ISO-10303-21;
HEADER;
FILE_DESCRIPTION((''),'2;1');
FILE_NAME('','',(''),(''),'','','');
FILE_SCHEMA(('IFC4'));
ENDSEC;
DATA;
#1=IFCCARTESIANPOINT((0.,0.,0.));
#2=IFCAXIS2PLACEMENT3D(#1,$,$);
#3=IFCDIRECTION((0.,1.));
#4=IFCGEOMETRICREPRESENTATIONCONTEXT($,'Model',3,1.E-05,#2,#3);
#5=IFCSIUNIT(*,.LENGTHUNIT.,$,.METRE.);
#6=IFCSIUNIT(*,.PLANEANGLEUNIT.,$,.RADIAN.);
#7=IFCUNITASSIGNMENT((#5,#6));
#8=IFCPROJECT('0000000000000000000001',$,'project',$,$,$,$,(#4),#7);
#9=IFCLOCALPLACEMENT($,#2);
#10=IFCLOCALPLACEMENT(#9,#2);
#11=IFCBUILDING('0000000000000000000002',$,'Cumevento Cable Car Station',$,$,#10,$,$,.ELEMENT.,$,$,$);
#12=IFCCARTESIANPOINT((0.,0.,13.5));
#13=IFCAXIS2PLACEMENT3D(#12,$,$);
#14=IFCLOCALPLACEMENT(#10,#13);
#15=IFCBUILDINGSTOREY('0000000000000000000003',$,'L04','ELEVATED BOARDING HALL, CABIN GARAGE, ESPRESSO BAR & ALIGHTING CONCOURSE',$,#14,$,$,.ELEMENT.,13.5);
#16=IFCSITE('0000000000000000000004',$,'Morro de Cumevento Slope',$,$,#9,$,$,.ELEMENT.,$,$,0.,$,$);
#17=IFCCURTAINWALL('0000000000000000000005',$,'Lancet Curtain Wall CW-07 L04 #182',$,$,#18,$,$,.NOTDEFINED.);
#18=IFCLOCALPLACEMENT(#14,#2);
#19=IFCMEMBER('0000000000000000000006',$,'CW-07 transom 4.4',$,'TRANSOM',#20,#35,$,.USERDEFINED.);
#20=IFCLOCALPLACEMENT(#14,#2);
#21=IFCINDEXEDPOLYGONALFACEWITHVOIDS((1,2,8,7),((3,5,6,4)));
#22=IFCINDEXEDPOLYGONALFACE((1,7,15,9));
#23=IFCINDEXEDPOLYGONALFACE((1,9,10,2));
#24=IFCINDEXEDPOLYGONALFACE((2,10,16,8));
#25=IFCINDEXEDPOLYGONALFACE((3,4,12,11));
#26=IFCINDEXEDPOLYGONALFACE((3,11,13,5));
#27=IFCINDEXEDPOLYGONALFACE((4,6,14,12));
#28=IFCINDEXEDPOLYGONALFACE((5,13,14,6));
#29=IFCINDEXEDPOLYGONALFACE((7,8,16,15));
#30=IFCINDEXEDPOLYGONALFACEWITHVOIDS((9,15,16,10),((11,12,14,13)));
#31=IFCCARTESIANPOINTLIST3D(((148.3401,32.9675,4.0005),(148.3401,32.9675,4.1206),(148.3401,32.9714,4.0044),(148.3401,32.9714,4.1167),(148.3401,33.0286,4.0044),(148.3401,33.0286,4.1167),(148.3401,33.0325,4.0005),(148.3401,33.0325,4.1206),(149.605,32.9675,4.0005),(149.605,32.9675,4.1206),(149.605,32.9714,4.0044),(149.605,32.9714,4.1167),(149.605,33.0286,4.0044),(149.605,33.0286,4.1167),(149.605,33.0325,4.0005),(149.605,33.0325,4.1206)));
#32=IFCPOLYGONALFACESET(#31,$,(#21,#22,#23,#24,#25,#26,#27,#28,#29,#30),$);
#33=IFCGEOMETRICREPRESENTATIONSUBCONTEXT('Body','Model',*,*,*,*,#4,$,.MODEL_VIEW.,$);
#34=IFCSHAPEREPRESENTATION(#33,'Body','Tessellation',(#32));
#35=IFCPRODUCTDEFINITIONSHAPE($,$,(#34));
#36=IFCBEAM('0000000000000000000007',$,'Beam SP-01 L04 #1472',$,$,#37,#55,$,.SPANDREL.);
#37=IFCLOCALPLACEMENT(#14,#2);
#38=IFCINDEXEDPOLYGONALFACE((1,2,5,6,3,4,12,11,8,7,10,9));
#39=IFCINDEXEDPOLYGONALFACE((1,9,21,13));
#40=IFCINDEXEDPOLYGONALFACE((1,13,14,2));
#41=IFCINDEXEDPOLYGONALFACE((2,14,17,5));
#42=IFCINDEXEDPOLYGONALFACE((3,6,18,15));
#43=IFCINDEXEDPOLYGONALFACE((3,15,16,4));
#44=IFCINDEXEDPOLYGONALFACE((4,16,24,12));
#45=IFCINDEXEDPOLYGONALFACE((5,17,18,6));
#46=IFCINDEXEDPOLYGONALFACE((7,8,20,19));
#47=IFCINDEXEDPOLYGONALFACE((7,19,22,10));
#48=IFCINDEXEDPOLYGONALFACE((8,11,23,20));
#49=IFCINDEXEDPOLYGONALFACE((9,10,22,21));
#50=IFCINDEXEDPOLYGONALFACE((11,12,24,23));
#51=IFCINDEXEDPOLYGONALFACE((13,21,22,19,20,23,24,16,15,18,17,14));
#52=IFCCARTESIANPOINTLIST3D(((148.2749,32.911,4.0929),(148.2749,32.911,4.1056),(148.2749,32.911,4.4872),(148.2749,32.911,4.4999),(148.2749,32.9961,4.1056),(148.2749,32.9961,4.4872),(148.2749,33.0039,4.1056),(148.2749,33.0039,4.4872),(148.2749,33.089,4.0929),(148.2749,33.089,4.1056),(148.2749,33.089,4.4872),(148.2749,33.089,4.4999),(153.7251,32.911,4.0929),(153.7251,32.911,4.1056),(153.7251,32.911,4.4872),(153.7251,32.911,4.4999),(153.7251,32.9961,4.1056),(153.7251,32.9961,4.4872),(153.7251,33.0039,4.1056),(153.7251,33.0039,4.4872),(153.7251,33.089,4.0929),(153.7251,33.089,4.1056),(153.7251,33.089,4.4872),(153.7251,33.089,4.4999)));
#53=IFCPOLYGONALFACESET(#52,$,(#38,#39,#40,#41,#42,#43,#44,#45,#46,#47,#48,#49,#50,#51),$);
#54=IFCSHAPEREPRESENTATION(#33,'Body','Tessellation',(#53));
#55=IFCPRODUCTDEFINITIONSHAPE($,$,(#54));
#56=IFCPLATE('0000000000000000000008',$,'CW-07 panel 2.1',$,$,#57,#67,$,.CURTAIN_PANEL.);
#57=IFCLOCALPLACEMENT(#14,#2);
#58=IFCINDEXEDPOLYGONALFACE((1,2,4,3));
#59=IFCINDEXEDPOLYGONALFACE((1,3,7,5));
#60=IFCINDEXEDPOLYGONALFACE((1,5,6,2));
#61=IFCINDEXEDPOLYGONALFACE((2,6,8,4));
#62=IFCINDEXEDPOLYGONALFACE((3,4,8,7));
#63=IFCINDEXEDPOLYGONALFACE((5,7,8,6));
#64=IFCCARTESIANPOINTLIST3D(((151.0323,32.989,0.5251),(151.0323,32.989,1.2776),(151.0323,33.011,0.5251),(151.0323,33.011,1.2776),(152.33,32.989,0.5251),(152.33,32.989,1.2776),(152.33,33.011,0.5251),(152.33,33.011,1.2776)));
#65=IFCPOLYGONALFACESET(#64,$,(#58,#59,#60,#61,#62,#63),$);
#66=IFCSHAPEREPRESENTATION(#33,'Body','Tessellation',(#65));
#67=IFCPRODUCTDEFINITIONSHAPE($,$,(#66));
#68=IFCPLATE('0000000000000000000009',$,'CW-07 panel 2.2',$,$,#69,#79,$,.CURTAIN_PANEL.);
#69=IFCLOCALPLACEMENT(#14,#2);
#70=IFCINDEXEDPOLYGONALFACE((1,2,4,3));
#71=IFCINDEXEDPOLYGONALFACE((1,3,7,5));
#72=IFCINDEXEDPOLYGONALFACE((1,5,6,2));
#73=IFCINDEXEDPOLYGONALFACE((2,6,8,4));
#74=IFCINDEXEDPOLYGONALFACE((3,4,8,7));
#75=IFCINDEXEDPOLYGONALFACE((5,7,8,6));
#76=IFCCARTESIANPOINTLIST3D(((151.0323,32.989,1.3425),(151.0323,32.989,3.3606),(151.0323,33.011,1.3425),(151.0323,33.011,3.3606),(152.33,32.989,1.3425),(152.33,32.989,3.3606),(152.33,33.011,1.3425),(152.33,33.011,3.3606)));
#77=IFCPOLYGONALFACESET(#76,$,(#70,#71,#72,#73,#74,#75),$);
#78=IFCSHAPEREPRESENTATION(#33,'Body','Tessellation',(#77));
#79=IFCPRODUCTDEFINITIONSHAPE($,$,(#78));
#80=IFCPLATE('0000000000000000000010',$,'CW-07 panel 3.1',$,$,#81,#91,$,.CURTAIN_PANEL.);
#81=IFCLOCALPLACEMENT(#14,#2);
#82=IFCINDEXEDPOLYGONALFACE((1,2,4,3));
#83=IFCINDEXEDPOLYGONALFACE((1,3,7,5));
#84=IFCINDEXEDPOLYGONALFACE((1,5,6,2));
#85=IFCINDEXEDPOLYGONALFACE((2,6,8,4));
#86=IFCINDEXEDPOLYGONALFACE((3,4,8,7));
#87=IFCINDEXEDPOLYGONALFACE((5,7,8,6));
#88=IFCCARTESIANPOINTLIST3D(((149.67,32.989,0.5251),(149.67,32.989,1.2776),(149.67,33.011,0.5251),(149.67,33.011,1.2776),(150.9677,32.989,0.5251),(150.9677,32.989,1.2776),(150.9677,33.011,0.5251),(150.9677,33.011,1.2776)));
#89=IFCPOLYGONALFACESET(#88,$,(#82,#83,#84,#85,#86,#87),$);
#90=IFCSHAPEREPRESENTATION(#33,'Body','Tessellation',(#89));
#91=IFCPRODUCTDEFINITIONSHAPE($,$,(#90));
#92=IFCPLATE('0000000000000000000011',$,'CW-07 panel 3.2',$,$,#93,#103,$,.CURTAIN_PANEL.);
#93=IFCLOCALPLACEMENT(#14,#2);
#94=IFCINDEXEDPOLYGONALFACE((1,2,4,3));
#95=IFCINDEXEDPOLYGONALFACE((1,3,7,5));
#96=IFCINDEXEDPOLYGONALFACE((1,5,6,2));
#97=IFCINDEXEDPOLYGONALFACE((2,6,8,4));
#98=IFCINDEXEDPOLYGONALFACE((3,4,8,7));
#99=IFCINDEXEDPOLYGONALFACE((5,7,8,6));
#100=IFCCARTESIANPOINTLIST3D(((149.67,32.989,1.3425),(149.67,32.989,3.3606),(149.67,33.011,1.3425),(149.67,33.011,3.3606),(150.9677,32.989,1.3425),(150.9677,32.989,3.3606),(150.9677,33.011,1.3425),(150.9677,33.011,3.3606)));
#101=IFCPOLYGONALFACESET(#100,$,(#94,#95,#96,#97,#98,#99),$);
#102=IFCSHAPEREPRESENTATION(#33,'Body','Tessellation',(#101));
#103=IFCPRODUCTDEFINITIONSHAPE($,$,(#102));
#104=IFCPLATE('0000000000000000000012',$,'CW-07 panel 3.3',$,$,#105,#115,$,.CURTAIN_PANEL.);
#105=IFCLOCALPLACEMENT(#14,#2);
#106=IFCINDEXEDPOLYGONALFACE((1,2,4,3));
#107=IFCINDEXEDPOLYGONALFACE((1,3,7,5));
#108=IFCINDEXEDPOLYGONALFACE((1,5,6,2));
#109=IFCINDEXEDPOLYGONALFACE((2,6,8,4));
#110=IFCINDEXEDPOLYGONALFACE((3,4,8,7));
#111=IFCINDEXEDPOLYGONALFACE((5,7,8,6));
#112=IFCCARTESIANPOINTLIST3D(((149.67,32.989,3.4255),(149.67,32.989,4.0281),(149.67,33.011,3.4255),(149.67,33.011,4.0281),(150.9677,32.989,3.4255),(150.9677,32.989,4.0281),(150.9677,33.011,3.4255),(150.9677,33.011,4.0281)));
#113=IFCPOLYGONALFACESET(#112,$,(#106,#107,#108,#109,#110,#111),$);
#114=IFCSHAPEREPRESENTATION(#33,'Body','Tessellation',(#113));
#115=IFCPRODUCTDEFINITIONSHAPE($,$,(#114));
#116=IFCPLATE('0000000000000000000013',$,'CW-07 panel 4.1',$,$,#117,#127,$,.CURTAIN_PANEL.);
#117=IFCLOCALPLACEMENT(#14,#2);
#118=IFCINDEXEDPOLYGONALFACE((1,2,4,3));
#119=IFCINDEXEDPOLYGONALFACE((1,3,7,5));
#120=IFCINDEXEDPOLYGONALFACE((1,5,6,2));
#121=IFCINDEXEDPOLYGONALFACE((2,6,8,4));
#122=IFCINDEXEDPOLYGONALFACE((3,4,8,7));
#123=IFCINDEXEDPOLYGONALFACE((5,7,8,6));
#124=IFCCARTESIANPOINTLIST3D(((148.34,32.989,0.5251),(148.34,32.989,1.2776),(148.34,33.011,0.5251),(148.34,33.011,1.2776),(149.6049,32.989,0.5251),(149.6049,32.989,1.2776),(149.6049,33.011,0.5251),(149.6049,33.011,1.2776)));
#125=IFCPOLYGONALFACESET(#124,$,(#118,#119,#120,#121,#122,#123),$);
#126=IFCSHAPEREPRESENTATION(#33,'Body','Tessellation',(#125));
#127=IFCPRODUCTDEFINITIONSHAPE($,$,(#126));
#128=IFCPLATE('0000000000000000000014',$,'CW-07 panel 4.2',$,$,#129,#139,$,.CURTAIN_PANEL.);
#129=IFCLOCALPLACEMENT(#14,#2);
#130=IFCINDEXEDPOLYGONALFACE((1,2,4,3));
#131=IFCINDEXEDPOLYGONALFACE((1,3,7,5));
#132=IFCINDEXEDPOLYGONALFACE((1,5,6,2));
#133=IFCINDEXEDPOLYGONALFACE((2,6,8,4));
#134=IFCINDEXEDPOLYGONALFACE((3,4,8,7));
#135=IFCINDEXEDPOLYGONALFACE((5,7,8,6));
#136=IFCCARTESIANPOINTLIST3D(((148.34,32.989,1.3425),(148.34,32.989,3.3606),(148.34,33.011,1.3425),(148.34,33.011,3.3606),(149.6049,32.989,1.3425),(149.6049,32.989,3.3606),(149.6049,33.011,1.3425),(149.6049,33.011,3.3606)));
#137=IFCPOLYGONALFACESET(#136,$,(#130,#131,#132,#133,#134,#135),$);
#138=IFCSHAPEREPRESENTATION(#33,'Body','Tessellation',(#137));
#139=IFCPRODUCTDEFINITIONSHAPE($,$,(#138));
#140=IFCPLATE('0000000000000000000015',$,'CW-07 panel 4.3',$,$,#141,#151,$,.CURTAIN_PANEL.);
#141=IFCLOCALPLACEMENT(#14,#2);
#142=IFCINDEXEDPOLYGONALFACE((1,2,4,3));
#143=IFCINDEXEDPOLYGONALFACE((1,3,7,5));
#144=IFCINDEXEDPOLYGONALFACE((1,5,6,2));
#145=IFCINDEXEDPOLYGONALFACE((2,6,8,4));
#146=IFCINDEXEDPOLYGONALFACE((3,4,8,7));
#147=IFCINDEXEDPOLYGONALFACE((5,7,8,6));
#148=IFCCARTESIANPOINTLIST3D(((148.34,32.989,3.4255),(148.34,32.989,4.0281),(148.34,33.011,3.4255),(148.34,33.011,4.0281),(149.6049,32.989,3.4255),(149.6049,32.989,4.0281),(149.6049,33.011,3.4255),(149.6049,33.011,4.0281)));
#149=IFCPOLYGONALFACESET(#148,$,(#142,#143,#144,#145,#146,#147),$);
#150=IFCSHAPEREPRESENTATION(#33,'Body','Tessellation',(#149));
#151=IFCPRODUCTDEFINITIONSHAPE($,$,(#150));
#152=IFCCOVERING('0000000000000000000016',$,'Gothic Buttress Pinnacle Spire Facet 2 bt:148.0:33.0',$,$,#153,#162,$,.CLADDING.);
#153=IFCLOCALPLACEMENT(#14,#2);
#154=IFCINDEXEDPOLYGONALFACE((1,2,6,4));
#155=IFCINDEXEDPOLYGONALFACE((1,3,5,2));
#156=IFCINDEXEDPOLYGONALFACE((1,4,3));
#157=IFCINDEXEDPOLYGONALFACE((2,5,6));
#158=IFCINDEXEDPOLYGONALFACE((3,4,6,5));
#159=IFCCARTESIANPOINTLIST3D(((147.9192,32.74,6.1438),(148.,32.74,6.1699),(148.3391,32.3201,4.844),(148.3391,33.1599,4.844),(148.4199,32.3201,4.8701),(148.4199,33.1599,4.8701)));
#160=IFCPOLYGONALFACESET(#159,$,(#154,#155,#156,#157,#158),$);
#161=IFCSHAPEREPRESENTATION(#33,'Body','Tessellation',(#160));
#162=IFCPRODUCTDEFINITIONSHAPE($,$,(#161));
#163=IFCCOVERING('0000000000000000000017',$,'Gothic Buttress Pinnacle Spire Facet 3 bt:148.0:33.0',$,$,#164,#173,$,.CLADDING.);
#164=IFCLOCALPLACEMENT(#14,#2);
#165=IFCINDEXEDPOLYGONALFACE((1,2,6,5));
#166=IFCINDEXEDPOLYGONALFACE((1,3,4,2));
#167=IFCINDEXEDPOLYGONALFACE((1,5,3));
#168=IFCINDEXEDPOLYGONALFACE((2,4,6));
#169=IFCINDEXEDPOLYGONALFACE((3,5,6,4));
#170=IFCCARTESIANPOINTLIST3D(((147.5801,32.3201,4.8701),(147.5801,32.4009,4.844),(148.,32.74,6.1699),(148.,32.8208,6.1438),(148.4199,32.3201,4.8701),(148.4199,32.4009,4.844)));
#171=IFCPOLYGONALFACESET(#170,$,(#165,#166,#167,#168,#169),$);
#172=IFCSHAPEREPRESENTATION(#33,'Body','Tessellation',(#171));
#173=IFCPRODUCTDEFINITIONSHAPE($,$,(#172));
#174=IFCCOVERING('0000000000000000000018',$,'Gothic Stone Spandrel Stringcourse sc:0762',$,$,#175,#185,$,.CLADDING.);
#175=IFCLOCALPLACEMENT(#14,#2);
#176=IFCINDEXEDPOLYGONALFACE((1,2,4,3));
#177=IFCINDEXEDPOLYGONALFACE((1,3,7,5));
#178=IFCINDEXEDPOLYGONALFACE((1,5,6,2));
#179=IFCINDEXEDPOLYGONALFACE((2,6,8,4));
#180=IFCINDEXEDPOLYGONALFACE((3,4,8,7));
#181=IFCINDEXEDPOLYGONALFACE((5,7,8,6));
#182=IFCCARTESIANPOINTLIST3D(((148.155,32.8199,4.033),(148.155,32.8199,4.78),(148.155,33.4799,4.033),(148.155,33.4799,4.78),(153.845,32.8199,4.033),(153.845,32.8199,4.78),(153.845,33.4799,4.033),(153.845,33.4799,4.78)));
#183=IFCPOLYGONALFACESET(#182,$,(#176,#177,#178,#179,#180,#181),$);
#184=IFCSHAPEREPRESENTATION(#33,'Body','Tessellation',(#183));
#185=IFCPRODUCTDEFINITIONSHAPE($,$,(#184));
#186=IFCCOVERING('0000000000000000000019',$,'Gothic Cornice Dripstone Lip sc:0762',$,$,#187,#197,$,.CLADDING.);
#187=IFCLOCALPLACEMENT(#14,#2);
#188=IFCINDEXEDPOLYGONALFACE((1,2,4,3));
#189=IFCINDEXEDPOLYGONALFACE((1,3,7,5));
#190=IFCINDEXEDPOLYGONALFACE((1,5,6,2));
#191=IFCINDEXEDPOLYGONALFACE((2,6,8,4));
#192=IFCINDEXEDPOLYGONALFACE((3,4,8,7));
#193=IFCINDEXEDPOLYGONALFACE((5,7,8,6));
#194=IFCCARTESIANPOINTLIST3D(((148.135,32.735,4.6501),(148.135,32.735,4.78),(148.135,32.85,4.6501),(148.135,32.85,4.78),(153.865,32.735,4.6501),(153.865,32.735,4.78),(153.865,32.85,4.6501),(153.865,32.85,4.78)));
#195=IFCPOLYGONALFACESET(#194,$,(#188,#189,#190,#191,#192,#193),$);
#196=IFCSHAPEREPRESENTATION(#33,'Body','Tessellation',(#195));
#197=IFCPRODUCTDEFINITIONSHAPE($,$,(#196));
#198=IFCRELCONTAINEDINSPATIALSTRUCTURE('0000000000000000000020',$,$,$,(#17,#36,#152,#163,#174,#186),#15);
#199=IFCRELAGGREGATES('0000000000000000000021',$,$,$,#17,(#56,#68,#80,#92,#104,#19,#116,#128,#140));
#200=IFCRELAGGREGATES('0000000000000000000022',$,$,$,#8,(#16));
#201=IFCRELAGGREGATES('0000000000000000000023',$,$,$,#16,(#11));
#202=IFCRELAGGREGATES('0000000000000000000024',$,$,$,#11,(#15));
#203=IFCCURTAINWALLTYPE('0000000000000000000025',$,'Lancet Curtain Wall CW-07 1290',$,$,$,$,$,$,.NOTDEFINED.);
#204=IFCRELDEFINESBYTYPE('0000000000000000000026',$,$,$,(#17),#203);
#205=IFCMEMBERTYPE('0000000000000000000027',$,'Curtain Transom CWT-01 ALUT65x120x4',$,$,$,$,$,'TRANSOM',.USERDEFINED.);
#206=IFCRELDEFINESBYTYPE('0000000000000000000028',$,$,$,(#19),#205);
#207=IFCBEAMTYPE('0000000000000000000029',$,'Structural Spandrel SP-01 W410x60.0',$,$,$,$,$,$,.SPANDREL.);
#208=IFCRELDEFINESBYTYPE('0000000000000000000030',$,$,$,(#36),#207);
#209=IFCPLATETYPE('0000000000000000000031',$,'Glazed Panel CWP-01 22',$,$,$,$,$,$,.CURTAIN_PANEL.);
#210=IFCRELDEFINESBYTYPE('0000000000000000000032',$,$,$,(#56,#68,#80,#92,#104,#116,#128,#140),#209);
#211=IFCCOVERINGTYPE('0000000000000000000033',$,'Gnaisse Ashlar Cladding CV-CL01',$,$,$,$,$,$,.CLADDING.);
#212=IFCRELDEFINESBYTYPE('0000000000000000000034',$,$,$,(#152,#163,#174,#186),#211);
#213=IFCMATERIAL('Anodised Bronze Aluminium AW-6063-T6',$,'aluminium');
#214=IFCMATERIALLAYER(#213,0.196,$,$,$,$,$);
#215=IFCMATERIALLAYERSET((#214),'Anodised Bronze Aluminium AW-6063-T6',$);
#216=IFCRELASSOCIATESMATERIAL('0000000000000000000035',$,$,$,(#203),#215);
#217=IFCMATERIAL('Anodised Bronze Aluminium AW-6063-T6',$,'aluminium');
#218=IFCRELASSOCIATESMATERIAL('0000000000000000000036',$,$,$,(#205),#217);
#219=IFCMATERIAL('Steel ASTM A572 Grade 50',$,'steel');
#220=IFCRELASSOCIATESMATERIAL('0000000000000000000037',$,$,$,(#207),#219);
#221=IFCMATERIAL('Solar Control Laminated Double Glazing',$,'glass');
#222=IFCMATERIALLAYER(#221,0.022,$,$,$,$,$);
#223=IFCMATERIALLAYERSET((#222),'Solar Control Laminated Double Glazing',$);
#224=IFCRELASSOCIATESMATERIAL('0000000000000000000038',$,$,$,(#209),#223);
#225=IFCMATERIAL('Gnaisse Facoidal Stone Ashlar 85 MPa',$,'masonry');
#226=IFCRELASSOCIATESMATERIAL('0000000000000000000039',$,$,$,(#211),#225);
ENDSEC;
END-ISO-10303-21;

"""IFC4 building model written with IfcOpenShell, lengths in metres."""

from ifc_helpers import new_model, si_unit, direction, frame, origin, origin_2d, place, context, subcontext, project, spatial, polyline, rectangle, hollow_rectangle, i_section, outline, extrude, material, layer, layer_set, material_profile, profile_set, type_object, element, aggregate, save


model = new_model("IFC4")

# Units and contexts
model_context = context("Model", 3, precision=1e-05, world=origin(), true_north=direction((0.0, 1.0)))
body_context = subcontext(model_context, "Body", "Model", "MODEL_VIEW")
ifc_project = project(units=[si_unit("LENGTHUNIT", "METRE"), si_unit("PLANEANGLEUNIT", "RADIAN")], contexts=[model_context])

# Site, building, storey
site_placement = place(None, origin())
site = spatial("IfcSite", under=ifc_project, at=site_placement, Name="Morro de Cumevento Slope", CompositionType="ELEMENT", RefElevation=0.0)
building_placement = place(site_placement, origin())
building = spatial("IfcBuilding", under=site, at=building_placement, Name="Cumevento Cable Car Station", CompositionType="ELEMENT")
storey_placement = place(building_placement, frame((0.0, 0.0, 13.5)))
storey = spatial("IfcBuildingStorey", under=building, at=storey_placement, Name="L04", Description="ELEVATED BOARDING HALL, CABIN GARAGE, ESPRESSO BAR & ALIGHTING CONCOURSE", CompositionType="ELEMENT", Elevation=13.5)

# Curtain wall, member
ifc_material_1 = material(Name="Anodised Bronze Aluminium AW-6063-T6", Category="aluminium")
ifc_layer_1 = layer(ifc_material_1, 0.196)
ifc_layer_set_1 = layer_set([ifc_layer_1], Name="Anodised Bronze Aluminium AW-6063-T6")
curtain_wall_type = type_object("IfcCurtainWallType", Name="Lancet Curtain Wall CW-07 1290", PredefinedType="NOTDEFINED", material=ifc_layer_set_1)
curtain_wall_placement = place(storey_placement, origin())
curtain_wall = element("IfcCurtainWall", 1, at=curtain_wall_placement, inside=storey, type_object=curtain_wall_type, Name="Lancet Curtain Wall CW-07 L04 #182", PredefinedType="NOTDEFINED")
ifc_material_2 = material(Name="Anodised Bronze Aluminium AW-6063-T6", Category="aluminium")
ifc_material_profile_1 = material_profile(ifc_material_2, hollow_rectangle(XDim=0.0649, YDim=0.1201, WallThickness=0.0039, at=origin_2d()), Name="ALUT65x120x4")
ifc_profile_set_1 = profile_set([ifc_material_profile_1], Name="Anodised Bronze Aluminium AW-6063-T6")
member_type_1 = type_object("IfcMemberType", Name="Curtain Transom CWT-01 ALUT65x120x4", ElementType="TRANSOM", PredefinedType="USERDEFINED", material=ifc_profile_set_1)
member_1_placement = place(storey_placement, frame((149.605, 33.0, 4.0605), z_axis=(-1.0, 0.0, 0.0), x_axis=(0.0, -1.0, 0.0)))
member_1 = element("IfcMember", 2, at=member_1_placement, type_object=member_type_1, Name="CW-07 transom 4.4", ObjectType="TRANSOM", PredefinedType="USERDEFINED", context=body_context, shape_type="SweptSolid", body=[
    extrude(hollow_rectangle(XDim=0.0649, YDim=0.1201, WallThickness=0.0039, at=origin_2d()), origin(), (0.0, 0.0, 1.0), 1.2649),
])

# Beam
ifc_material_3 = material(Name="Steel ASTM A572 Grade 50", Category="steel")
ifc_material_profile_2 = material_profile(ifc_material_3, i_section(OverallWidth=0.178, OverallDepth=0.407, WebThickness=0.0078, FlangeThickness=0.0127, at=origin_2d()), Name="W410x60.0")
ifc_profile_set_2 = profile_set([ifc_material_profile_2], Name="Steel ASTM A572 Grade 50")
beam_type = type_object("IfcBeamType", Name="Structural Spandrel SP-01 W410x60.0", PredefinedType="SPANDREL", material=ifc_profile_set_2)
beam_placement = place(storey_placement, frame((148.2749, 33.0, 4.2964), z_axis=(1.0, 0.0, 0.0), x_axis=(0.0, 1.0, 0.0)))
element("IfcBeam", 3, at=beam_placement, inside=storey, type_object=beam_type, Name="Beam SP-01 L04 #1472", PredefinedType="SPANDREL", context=body_context, shape_type="SweptSolid", body=[
    extrude(i_section(OverallWidth=0.178, OverallDepth=0.407, WebThickness=0.0078, FlangeThickness=0.0127, at=origin_2d()), origin(), (0.0, 0.0, 1.0), 5.4502),
])

# Plates
ifc_material_4 = material(Name="Solar Control Laminated Double Glazing", Category="glass")
ifc_layer_2 = layer(ifc_material_4, 0.022)
ifc_layer_set_2 = layer_set([ifc_layer_2], Name="Solar Control Laminated Double Glazing")
plate_type = type_object("IfcPlateType", Name="Glazed Panel CWP-01 22", PredefinedType="CURTAIN_PANEL", material=ifc_layer_set_2)
plate_1_placement = place(storey_placement, frame((151.6812, 33.0, 0.5251), z_axis=(0.0, 0.0, 1.0), x_axis=(-1.0, 0.0, 0.0)))
plate_1 = element("IfcPlate", 4, at=plate_1_placement, type_object=plate_type, Name="CW-07 panel 2.1", PredefinedType="CURTAIN_PANEL", context=body_context, shape_type="SweptSolid", body=[
    extrude(rectangle(XDim=1.2976, YDim=0.022, at=origin_2d()), origin(), (0.0, 0.0, 1.0), 0.7524),
])
plate_2_placement = place(storey_placement, frame((151.6812, 33.0, 1.3425), z_axis=(0.0, 0.0, 1.0), x_axis=(-1.0, 0.0, 0.0)))
plate_2 = element("IfcPlate", 5, at=plate_2_placement, type_object=plate_type, Name="CW-07 panel 2.2", PredefinedType="CURTAIN_PANEL", context=body_context, shape_type="SweptSolid", body=[
    extrude(rectangle(XDim=1.2976, YDim=0.022, at=origin_2d()), origin(), (0.0, 0.0, 1.0), 2.0181),
])
plate_3_placement = place(storey_placement, frame((150.3188, 33.0, 0.5251), z_axis=(0.0, 0.0, 1.0), x_axis=(-1.0, 0.0, 0.0)))
plate_3 = element("IfcPlate", 6, at=plate_3_placement, type_object=plate_type, Name="CW-07 panel 3.1", PredefinedType="CURTAIN_PANEL", context=body_context, shape_type="SweptSolid", body=[
    extrude(rectangle(XDim=1.2976, YDim=0.022, at=origin_2d()), origin(), (0.0, 0.0, 1.0), 0.7524),
])
plate_4_placement = place(storey_placement, frame((150.3188, 33.0, 1.3425), z_axis=(0.0, 0.0, 1.0), x_axis=(-1.0, 0.0, 0.0)))
plate_4 = element("IfcPlate", 7, at=plate_4_placement, type_object=plate_type, Name="CW-07 panel 3.2", PredefinedType="CURTAIN_PANEL", context=body_context, shape_type="SweptSolid", body=[
    extrude(rectangle(XDim=1.2976, YDim=0.022, at=origin_2d()), origin(), (0.0, 0.0, 1.0), 2.0181),
])
plate_5_placement = place(storey_placement, frame((150.3188, 33.0, 3.4255), z_axis=(0.0, 0.0, 1.0), x_axis=(-1.0, 0.0, 0.0)))
plate_5 = element("IfcPlate", 8, at=plate_5_placement, type_object=plate_type, Name="CW-07 panel 3.3", PredefinedType="CURTAIN_PANEL", context=body_context, shape_type="SweptSolid", body=[
    extrude(rectangle(XDim=1.2976, YDim=0.022, at=origin_2d()), origin(), (0.0, 0.0, 1.0), 0.6025),
])
plate_6_placement = place(storey_placement, frame((148.9724, 33.0, 0.5251), z_axis=(0.0, 0.0, 1.0), x_axis=(-1.0, 0.0, 0.0)))
plate_6 = element("IfcPlate", 9, at=plate_6_placement, type_object=plate_type, Name="CW-07 panel 4.1", PredefinedType="CURTAIN_PANEL", context=body_context, shape_type="SweptSolid", body=[
    extrude(rectangle(XDim=1.2649, YDim=0.022, at=origin_2d()), origin(), (0.0, 0.0, 1.0), 0.7524),
])
plate_7_placement = place(storey_placement, frame((148.9724, 33.0, 1.3425), z_axis=(0.0, 0.0, 1.0), x_axis=(-1.0, 0.0, 0.0)))
plate_7 = element("IfcPlate", 10, at=plate_7_placement, type_object=plate_type, Name="CW-07 panel 4.2", PredefinedType="CURTAIN_PANEL", context=body_context, shape_type="SweptSolid", body=[
    extrude(rectangle(XDim=1.2649, YDim=0.022, at=origin_2d()), origin(), (0.0, 0.0, 1.0), 2.0181),
])
plate_8_placement = place(storey_placement, frame((148.9724, 33.0, 3.4255), z_axis=(0.0, 0.0, 1.0), x_axis=(-1.0, 0.0, 0.0)))
plate_8 = element("IfcPlate", 11, at=plate_8_placement, type_object=plate_type, Name="CW-07 panel 4.3", PredefinedType="CURTAIN_PANEL", context=body_context, shape_type="SweptSolid", body=[
    extrude(rectangle(XDim=1.2649, YDim=0.022, at=origin_2d()), origin(), (0.0, 0.0, 1.0), 0.6025),
])
aggregate(curtain_wall, [plate_1, plate_2, plate_3, plate_4, plate_5, member_1, plate_6, plate_7, plate_8])

# Coverings
ifc_material_5 = material(Name="Gnaisse Facoidal Stone Ashlar 85 MPa", Category="masonry")
covering_type = type_object("IfcCoveringType", Name="Gnaisse Ashlar Cladding CV-CL01", PredefinedType="CLADDING", material=ifc_material_5)
for number, where, z_axis, x_axis, name in (
    (12, (148.4199, 33.1599, 4.8701), (0.951574, 0.0, 0.307421), (0.0, -1.0, 0.0), "Gothic Buttress Pinnacle Spire Facet 2 bt:148.0:33.0"),
    (13, (148.4199, 32.3201, 4.8701), (0.0, -0.951574, 0.307421), (-1.0, 0.0, 0.0), "Gothic Buttress Pinnacle Spire Facet 3 bt:148.0:33.0"),
):
    element("IfcCovering", number, at=place(storey_placement, frame(where, z_axis=z_axis, x_axis=x_axis)), inside=storey, type_object=covering_type, Name=name, PredefinedType="CLADDING", context=body_context, shape_type="SweptSolid", body=[
        extrude(outline(polyline([(0.0, 0.0), (0.8398, 0.0), (0.4199, -1.366), (0.0, 0.0)])), origin(), (0.0, 0.0, -1.0), 0.085),
    ])
covering_1_placement = place(storey_placement, frame((151.0, 33.1499, 4.033), z_axis=(0.0, 0.0, 1.0), x_axis=(-1.0, 0.0, 0.0)))
element("IfcCovering", 14, at=covering_1_placement, inside=storey, type_object=covering_type, Name="Gothic Stone Spandrel Stringcourse sc:0762", PredefinedType="CLADDING", context=body_context, shape_type="SweptSolid", body=[
    extrude(rectangle(XDim=5.6899, YDim=0.6599, at=origin_2d()), origin(), (0.0, 0.0, 1.0), 0.7471),
])
covering_2_placement = place(storey_placement, frame((151.0, 32.7925, 4.6501), z_axis=(0.0, 0.0, 1.0), x_axis=(-1.0, 0.0, 0.0)))
element("IfcCovering", 15, at=covering_2_placement, inside=storey, type_object=covering_type, Name="Gothic Cornice Dripstone Lip sc:0762", PredefinedType="CLADDING", context=body_context, shape_type="SweptSolid", body=[
    extrude(rectangle(XDim=5.73, YDim=0.115, at=origin_2d()), origin(), (0.0, 0.0, 1.0), 0.1299),
])

save(model, "model.ifc")
